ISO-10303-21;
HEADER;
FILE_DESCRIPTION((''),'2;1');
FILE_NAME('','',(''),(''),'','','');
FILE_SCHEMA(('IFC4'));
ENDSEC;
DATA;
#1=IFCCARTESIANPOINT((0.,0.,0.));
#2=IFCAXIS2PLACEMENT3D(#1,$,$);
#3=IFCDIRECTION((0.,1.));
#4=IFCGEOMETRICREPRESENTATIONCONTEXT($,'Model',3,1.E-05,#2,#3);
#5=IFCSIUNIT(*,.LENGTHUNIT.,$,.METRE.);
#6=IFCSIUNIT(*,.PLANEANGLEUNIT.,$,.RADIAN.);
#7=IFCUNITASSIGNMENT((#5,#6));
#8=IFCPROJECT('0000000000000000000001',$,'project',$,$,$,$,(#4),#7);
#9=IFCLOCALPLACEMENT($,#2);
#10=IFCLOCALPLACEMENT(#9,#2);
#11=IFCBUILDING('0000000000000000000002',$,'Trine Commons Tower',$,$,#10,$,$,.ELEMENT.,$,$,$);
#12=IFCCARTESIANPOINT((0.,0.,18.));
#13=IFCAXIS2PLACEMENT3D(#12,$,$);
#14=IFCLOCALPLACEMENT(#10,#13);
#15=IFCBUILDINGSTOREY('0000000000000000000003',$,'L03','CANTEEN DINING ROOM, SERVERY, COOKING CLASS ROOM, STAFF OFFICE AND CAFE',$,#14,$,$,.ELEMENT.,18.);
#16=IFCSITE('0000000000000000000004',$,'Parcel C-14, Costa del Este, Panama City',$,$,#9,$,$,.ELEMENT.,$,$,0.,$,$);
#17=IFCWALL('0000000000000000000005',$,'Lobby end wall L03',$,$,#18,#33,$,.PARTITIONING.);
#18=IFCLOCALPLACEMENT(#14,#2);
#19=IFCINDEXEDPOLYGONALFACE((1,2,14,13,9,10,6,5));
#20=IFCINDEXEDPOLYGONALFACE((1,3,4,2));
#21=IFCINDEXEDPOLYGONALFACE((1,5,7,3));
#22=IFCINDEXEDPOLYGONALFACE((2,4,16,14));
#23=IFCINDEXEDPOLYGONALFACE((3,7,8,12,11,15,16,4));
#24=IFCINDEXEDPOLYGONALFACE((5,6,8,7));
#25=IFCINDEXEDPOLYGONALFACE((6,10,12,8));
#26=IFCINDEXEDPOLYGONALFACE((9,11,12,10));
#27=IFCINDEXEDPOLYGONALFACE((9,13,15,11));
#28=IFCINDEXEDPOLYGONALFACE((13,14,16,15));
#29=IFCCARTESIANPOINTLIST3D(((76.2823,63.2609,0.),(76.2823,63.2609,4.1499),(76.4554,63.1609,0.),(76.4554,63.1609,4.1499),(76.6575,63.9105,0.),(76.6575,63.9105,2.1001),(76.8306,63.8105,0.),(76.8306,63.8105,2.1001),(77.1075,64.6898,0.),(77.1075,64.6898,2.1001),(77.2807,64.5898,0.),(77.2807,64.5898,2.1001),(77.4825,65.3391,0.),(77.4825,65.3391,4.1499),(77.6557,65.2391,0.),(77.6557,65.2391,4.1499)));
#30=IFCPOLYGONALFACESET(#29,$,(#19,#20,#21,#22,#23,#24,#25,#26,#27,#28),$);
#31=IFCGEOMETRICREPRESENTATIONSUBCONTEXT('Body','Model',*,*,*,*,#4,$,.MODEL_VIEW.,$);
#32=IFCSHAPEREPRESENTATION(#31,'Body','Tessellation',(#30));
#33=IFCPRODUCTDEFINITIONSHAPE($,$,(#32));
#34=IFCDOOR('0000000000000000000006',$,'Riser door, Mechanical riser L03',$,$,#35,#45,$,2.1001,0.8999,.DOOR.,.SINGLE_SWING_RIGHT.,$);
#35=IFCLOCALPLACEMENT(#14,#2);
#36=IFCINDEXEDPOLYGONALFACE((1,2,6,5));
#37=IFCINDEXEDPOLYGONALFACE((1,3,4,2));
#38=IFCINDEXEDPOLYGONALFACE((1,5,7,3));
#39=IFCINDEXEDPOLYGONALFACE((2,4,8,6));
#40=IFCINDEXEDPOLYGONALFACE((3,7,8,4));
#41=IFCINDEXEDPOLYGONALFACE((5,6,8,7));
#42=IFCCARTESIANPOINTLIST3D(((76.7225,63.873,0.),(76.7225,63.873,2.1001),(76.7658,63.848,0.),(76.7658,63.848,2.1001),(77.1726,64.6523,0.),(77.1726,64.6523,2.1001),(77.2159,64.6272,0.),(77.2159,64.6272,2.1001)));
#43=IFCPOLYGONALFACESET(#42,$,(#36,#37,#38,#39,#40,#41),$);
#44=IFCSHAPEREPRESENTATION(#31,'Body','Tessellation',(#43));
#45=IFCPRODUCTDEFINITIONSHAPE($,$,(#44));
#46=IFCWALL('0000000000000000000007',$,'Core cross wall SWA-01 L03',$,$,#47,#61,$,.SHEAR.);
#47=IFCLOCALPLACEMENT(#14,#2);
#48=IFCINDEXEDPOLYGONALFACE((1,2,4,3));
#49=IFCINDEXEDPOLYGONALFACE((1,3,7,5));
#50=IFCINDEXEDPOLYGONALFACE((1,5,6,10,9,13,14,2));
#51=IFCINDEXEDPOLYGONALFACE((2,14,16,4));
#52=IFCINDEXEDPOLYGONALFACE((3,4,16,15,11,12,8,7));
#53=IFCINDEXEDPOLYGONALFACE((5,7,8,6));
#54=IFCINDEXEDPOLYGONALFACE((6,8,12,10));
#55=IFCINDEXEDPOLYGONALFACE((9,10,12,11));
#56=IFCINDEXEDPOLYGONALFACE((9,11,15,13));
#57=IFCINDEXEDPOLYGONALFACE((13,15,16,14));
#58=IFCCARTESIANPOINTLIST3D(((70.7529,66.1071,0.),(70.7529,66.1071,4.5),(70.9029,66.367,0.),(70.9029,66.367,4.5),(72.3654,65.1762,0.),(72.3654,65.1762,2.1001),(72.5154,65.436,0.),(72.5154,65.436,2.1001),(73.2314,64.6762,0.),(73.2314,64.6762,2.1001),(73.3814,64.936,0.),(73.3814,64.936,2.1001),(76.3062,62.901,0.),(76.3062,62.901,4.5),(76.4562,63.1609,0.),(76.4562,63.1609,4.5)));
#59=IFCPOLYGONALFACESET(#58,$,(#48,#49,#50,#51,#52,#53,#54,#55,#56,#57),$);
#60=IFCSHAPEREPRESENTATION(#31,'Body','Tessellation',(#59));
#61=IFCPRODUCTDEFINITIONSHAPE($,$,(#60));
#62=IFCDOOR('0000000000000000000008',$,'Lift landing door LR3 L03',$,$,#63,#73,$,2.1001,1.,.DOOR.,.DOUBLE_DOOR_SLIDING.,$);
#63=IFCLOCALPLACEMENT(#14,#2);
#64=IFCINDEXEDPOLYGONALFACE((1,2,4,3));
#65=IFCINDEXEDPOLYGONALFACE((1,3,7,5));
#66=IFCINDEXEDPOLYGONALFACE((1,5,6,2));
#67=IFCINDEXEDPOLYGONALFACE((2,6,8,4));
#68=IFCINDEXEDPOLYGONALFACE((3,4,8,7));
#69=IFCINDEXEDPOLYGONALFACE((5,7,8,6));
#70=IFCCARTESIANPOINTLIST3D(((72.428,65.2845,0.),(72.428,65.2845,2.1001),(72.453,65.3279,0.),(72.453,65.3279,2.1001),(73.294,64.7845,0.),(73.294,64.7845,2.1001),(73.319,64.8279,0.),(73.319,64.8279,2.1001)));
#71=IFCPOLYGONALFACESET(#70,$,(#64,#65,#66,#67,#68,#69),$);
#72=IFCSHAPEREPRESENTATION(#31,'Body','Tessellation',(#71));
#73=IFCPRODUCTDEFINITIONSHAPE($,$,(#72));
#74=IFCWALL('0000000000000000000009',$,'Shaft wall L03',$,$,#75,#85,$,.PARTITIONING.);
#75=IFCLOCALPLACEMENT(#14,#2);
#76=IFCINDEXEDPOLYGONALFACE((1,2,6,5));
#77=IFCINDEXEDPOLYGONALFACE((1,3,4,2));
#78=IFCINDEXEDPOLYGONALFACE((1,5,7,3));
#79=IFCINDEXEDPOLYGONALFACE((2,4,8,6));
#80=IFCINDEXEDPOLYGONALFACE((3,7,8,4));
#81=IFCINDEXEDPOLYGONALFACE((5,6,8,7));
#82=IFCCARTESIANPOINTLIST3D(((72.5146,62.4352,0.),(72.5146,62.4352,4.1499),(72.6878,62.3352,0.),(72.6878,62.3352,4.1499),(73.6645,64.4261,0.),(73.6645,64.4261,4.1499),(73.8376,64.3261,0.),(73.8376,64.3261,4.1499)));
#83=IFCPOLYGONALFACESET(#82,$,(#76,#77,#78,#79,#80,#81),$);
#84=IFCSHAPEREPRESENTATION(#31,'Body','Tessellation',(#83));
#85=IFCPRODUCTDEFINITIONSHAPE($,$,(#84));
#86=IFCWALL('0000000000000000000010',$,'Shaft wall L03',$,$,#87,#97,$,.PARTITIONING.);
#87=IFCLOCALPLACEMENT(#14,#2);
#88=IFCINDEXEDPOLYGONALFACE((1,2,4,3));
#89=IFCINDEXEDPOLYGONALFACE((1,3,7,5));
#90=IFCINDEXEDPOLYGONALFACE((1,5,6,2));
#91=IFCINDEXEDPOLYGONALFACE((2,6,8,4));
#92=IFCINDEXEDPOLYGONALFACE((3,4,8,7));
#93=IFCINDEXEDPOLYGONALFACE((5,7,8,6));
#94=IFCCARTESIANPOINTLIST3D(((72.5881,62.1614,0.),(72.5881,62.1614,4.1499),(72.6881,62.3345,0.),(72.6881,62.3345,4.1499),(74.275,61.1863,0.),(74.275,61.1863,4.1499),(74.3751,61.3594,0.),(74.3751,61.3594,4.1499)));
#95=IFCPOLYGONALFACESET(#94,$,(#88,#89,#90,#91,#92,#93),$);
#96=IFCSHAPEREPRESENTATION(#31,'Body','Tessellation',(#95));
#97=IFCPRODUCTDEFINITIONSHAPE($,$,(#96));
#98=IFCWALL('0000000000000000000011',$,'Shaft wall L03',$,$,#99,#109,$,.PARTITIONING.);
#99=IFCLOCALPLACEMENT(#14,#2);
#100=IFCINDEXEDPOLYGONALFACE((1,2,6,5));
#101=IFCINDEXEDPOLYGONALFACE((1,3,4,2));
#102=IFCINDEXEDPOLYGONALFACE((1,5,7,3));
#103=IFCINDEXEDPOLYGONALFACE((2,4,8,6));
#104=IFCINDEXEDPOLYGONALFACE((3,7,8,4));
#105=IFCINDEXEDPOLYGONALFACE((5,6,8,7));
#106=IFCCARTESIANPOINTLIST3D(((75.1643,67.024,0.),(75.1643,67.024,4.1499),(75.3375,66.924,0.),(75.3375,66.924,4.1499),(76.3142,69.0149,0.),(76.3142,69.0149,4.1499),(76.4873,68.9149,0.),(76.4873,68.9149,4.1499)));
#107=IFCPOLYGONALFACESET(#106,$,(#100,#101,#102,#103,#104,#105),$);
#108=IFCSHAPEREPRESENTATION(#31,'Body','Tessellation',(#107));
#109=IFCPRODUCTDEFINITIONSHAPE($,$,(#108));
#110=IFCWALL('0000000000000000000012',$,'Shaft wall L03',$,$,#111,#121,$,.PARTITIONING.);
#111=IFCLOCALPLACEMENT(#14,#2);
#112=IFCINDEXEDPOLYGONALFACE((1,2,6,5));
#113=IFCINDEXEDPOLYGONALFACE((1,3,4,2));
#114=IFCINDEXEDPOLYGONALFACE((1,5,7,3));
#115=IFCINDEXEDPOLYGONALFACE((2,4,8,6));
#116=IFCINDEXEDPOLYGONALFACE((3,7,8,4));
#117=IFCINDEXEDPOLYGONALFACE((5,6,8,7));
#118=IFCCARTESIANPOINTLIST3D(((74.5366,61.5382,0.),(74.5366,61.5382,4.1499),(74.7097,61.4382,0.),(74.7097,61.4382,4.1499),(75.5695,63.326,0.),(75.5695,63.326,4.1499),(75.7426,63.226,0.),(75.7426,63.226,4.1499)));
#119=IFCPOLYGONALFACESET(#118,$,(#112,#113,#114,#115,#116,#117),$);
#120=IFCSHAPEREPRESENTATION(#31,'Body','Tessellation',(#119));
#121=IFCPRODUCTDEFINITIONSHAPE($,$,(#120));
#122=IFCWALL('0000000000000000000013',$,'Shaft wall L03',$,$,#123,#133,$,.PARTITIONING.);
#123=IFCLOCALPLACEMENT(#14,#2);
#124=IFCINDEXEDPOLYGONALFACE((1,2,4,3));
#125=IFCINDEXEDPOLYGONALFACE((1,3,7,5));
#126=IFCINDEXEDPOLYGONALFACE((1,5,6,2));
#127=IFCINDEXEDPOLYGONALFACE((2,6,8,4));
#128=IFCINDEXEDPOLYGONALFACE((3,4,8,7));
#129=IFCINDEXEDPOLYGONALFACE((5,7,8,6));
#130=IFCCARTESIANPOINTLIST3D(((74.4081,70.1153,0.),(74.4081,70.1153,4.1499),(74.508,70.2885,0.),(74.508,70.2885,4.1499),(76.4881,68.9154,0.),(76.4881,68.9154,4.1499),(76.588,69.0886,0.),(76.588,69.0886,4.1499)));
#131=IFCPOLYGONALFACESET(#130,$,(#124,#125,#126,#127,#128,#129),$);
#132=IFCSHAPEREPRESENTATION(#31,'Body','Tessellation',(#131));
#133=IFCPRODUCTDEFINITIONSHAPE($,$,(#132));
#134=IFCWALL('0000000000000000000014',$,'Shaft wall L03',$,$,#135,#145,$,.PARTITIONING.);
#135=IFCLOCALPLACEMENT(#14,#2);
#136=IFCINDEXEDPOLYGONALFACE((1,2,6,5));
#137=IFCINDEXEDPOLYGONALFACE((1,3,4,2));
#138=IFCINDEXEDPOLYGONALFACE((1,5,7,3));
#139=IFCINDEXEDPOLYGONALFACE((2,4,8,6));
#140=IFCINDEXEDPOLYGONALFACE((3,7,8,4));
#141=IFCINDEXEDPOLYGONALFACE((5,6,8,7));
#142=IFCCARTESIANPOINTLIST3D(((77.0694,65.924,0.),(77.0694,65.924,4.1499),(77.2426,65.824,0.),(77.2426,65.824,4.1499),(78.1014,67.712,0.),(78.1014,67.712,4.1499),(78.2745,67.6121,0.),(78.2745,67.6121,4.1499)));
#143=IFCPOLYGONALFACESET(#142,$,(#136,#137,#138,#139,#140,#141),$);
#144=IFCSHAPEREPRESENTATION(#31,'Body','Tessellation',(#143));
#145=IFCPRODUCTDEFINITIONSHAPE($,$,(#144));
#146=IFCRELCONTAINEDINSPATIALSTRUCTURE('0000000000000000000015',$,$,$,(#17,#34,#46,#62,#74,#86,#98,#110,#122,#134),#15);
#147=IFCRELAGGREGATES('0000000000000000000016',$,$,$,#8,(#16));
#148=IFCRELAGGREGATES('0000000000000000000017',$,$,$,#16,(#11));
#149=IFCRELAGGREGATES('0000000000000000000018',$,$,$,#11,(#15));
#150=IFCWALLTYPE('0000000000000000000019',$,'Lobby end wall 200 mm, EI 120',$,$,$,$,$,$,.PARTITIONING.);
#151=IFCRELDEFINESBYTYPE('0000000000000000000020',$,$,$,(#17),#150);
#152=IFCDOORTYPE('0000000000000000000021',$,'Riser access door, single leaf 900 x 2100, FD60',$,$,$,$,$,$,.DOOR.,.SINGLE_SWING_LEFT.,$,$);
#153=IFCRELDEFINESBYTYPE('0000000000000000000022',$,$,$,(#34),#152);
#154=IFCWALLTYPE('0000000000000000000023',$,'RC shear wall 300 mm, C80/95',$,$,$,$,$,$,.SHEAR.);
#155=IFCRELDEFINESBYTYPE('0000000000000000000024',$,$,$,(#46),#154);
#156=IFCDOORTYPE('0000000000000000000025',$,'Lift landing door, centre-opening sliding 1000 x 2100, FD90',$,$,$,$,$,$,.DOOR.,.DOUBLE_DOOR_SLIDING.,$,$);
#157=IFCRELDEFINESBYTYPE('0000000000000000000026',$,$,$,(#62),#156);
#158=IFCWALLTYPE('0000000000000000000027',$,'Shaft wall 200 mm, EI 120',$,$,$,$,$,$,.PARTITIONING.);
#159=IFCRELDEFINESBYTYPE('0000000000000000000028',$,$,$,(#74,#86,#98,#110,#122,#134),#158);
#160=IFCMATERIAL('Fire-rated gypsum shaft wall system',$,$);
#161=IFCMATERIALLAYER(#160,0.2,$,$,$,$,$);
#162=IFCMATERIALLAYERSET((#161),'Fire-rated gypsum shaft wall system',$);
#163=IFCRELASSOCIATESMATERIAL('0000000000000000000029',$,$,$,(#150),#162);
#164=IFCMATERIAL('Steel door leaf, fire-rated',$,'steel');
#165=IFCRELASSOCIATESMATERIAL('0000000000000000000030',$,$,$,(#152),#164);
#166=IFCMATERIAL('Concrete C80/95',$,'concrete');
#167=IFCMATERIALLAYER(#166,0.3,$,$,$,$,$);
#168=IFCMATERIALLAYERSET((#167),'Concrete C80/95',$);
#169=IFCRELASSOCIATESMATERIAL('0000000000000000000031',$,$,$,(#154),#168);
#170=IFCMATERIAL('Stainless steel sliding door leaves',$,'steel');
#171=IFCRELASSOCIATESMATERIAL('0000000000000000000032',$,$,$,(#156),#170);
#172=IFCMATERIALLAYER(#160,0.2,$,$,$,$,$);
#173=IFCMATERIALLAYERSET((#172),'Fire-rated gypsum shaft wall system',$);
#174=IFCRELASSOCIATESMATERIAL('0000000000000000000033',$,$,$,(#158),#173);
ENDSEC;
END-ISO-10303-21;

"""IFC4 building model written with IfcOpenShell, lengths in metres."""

from ifc_helpers import new_model, si_unit, direction, frame, frame_2d, origin, place, context, subcontext, project, spatial, rectangle, extrude, material, layer, layer_set, type_object, element, fill, save


model = new_model("IFC4")

# Units and contexts
model_context = context("Model", 3, precision=1e-05, world=origin(), true_north=direction((0.0, 1.0)))
body_context = subcontext(model_context, "Body", "Model", "MODEL_VIEW")
ifc_project = project(units=[si_unit("LENGTHUNIT", "METRE"), si_unit("PLANEANGLEUNIT", "RADIAN")], contexts=[model_context])

# Site, building, storey
site_placement = place(None, origin())
site = spatial("IfcSite", under=ifc_project, at=site_placement, Name="Parcel C-14, Costa del Este, Panama City", CompositionType="ELEMENT", RefElevation=0.0)
building_placement = place(site_placement, origin())
building = spatial("IfcBuilding", under=site, at=building_placement, Name="Trine Commons Tower", CompositionType="ELEMENT")
storey_placement = place(building_placement, frame((0.0, 0.0, 18.0)))
storey = spatial("IfcBuildingStorey", under=building, at=storey_placement, Name="L03", Description="CANTEEN DINING ROOM, SERVERY, COOKING CLASS ROOM, STAFF OFFICE AND CAFE", CompositionType="ELEMENT", Elevation=18.0)

# Walls, openings, doors
ifc_material_1 = material(Name="Fire-rated gypsum shaft wall system")
ifc_layer_1 = layer(ifc_material_1, 0.2)
ifc_layer_set_1 = layer_set([ifc_layer_1], Name="Fire-rated gypsum shaft wall system")
wall_type_1 = type_object("IfcWallType", Name="Lobby end wall 200 mm, EI 120", PredefinedType="PARTITIONING", material=ifc_layer_set_1)
wall_1_placement = place(storey_placement, frame((77.5691, 65.2891, 0.0), z_axis=(0.0, 0.0, 1.0), x_axis=(-0.500122, -0.865955, 0.0)))
wall_1 = element("IfcWall", 1, at=wall_1_placement, inside=storey, type_object=wall_type_1, Name="Lobby end wall L03", PredefinedType="PARTITIONING", context=body_context, shape_type="SweptSolid", body=[
    extrude(rectangle(XDim=2.3999, YDim=0.2, at=frame_2d((1.2, 0.0))), origin(), (0.0, 0.0, 1.0), 4.1499),
])
opening_1_placement = place(wall_1_placement, frame((0.7498, 0.0, 0.0)))
opening_1 = element("IfcOpeningElement", 2, at=opening_1_placement, cuts=wall_1, PredefinedType="OPENING", context=body_context, shape_type="SweptSolid", body=[
    extrude(rectangle(XDim=0.8999, YDim=2.1001, at=frame_2d((0.45, 1.05))), frame((0.0, 0.1099, 0.0), z_axis=(0.0, -1.0, 0.0), x_axis=(1.0, 0.0, 0.0)), (0.0, 0.0, 1.0), 0.22),
])
ifc_material_2 = material(Name="Steel door leaf, fire-rated", Category="steel")
door_type_1 = type_object("IfcDoorType", Name="Riser access door, single leaf 900 x 2100, FD60", OperationType="SINGLE_SWING_LEFT", PredefinedType="DOOR", material=ifc_material_2)
door_1_placement = place(opening_1_placement, frame((0.8999, 0.0, 0.0), z_axis=(0.0, 0.0, 1.0), x_axis=(-1.0, 0.0, 0.0)))
door_1 = element("IfcDoor", 3, at=door_1_placement, inside=storey, type_object=door_type_1, Name="Riser door, Mechanical riser L03", OperationType="SINGLE_SWING_RIGHT", OverallHeight=2.1001, OverallWidth=0.8999, PredefinedType="DOOR", context=body_context, shape_type="SweptSolid", body=[
    extrude(rectangle(XDim=0.8999, YDim=2.1001, at=frame_2d((0.45, 1.05))), frame((0.0, 0.0249, 0.0), z_axis=(0.0, -1.0, 0.0), x_axis=(1.0, 0.0, 0.0)), (0.0, 0.0, 1.0), 0.05),
])
fill(opening_1, door_1)
ifc_material_3 = material(Name="Concrete C80/95", Category="concrete")
ifc_layer_2 = layer(ifc_material_3, 0.3)
ifc_layer_set_2 = layer_set([ifc_layer_2], Name="Concrete C80/95")
wall_type_2 = type_object("IfcWallType", Name="RC shear wall 300 mm, C80/95", PredefinedType="SHEAR", material=ifc_layer_set_2)
wall_2_placement = place(storey_placement, frame((76.3811, 63.031, 0.0), z_axis=(0.0, 0.0, 1.0), x_axis=(-0.866032, 0.499988, 0.0)))
wall_2 = element("IfcWall", 4, at=wall_2_placement, inside=storey, type_object=wall_type_2, Name="Core cross wall SWA-01 L03", PredefinedType="SHEAR", context=body_context, shape_type="SweptSolid", body=[
    extrude(rectangle(XDim=6.4124, YDim=0.3, at=frame_2d((3.2061, 0.0))), origin(), (0.0, 0.0, 1.0), 4.5),
])
opening_2_placement = place(wall_2_placement, frame((3.5503, 0.0, 0.0)))
opening_2 = element("IfcOpeningElement", 5, at=opening_2_placement, cuts=wall_2, PredefinedType="OPENING", context=body_context, shape_type="SweptSolid", body=[
    extrude(rectangle(XDim=1.0, YDim=2.1001, at=frame_2d((0.5, 1.05))), frame((0.0, 0.1599, 0.0), z_axis=(0.0, -1.0, 0.0), x_axis=(1.0, 0.0, 0.0)), (0.0, 0.0, 1.0), 0.3201),
])
ifc_material_4 = material(Name="Stainless steel sliding door leaves", Category="steel")
door_type_2 = type_object("IfcDoorType", Name="Lift landing door, centre-opening sliding 1000 x 2100, FD90", OperationType="DOUBLE_DOOR_SLIDING", PredefinedType="DOOR", material=ifc_material_4)
door_2_placement = place(opening_2_placement, origin())
door_2 = element("IfcDoor", 6, at=door_2_placement, inside=storey, type_object=door_type_2, Name="Lift landing door LR3 L03", OperationType="DOUBLE_DOOR_SLIDING", OverallHeight=2.1001, OverallWidth=1.0, PredefinedType="DOOR", context=body_context, shape_type="SweptSolid", body=[
    extrude(rectangle(XDim=1.0, YDim=2.1001, at=frame_2d((0.5, 1.05))), frame((0.0, 0.0249, 0.0), z_axis=(0.0, -1.0, 0.0), x_axis=(1.0, 0.0, 0.0)), (0.0, 0.0, 1.0), 0.05),
])
fill(opening_2, door_2)

# Walls
ifc_layer_3 = layer(ifc_material_1, 0.2)
ifc_layer_set_3 = layer_set([ifc_layer_3], Name="Fire-rated gypsum shaft wall system")
wall_type_3 = type_object("IfcWallType", Name="Shaft wall 200 mm, EI 120", PredefinedType="PARTITIONING", material=ifc_layer_set_3)
wall_3_placement = place(storey_placement, frame((73.751, 64.376, 0.0), z_axis=(0.0, 0.0, 1.0), x_axis=(-0.500136, -0.865947, 0.0)))
element("IfcWall", 7, at=wall_3_placement, inside=storey, type_object=wall_type_3, Name="Shaft wall L03", PredefinedType="PARTITIONING", context=body_context, shape_type="SweptSolid", body=[
    extrude(rectangle(XDim=2.2991, YDim=0.2, at=frame_2d((1.1494, 0.0))), origin(), (0.0, 0.0, 1.0), 4.1499),
])
wall_4_placement = place(storey_placement, frame((74.325, 61.2729, 0.0), z_axis=(0.0, 0.0, 1.0), x_axis=(-0.865781, 0.500424, 0.0)))
element("IfcWall", 8, at=wall_4_placement, inside=storey, type_object=wall_type_3, Name="Shaft wall L03", PredefinedType="PARTITIONING", context=body_context, shape_type="SweptSolid", body=[
    extrude(rectangle(XDim=1.9485, YDim=0.2, at=frame_2d((0.9741, 0.0))), origin(), (0.0, 0.0, 1.0), 4.1499),
])
wall_5_placement = place(storey_placement, frame((75.251, 66.9741, 0.0), z_axis=(0.0, 0.0, 1.0), x_axis=(0.500136, 0.865947, 0.0)))
element("IfcWall", 9, at=wall_5_placement, inside=storey, type_object=wall_type_3, Name="Shaft wall L03", PredefinedType="PARTITIONING", context=body_context, shape_type="SweptSolid", body=[
    extrude(rectangle(XDim=2.2991, YDim=0.2, at=frame_2d((1.1494, 0.0))), origin(), (0.0, 0.0, 1.0), 4.1499),
])
wall_6_placement = place(storey_placement, frame((75.656, 63.2759, 0.0), z_axis=(0.0, 0.0, 1.0), x_axis=(-0.500272, -0.865868, 0.0)))
element("IfcWall", 10, at=wall_6_placement, inside=storey, type_object=wall_type_3, Name="Shaft wall L03", PredefinedType="PARTITIONING", context=body_context, shape_type="SweptSolid", body=[
    extrude(rectangle(XDim=2.0647, YDim=0.2, at=frame_2d((1.0322, 0.0))), origin(), (0.0, 0.0, 1.0), 4.1499),
])
wall_7_placement = place(storey_placement, frame((76.5381, 69.002, 0.0), z_axis=(0.0, 0.0, 1.0), x_axis=(-0.866203, 0.499693, 0.0)))
element("IfcWall", 11, at=wall_7_placement, inside=storey, type_object=wall_type_3, Name="Shaft wall L03", PredefinedType="PARTITIONING", context=body_context, shape_type="SweptSolid", body=[
    extrude(rectangle(XDim=2.4014, YDim=0.2, at=frame_2d((1.2007, 0.0))), origin(), (0.0, 0.0, 1.0), 4.1499),
])
wall_8_placement = place(storey_placement, frame((77.156, 65.874, 0.0), z_axis=(0.0, 0.0, 1.0), x_axis=(0.499866, 0.866103, 0.0)))
element("IfcWall", 12, at=wall_8_placement, inside=storey, type_object=wall_type_3, Name="Shaft wall L03", PredefinedType="PARTITIONING", context=body_context, shape_type="SweptSolid", body=[
    extrude(rectangle(XDim=2.0645, YDim=0.2, at=frame_2d((1.0322, 0.0))), origin(), (0.0, 0.0, 1.0), 4.1499),
])

save(model, "model.ifc")
